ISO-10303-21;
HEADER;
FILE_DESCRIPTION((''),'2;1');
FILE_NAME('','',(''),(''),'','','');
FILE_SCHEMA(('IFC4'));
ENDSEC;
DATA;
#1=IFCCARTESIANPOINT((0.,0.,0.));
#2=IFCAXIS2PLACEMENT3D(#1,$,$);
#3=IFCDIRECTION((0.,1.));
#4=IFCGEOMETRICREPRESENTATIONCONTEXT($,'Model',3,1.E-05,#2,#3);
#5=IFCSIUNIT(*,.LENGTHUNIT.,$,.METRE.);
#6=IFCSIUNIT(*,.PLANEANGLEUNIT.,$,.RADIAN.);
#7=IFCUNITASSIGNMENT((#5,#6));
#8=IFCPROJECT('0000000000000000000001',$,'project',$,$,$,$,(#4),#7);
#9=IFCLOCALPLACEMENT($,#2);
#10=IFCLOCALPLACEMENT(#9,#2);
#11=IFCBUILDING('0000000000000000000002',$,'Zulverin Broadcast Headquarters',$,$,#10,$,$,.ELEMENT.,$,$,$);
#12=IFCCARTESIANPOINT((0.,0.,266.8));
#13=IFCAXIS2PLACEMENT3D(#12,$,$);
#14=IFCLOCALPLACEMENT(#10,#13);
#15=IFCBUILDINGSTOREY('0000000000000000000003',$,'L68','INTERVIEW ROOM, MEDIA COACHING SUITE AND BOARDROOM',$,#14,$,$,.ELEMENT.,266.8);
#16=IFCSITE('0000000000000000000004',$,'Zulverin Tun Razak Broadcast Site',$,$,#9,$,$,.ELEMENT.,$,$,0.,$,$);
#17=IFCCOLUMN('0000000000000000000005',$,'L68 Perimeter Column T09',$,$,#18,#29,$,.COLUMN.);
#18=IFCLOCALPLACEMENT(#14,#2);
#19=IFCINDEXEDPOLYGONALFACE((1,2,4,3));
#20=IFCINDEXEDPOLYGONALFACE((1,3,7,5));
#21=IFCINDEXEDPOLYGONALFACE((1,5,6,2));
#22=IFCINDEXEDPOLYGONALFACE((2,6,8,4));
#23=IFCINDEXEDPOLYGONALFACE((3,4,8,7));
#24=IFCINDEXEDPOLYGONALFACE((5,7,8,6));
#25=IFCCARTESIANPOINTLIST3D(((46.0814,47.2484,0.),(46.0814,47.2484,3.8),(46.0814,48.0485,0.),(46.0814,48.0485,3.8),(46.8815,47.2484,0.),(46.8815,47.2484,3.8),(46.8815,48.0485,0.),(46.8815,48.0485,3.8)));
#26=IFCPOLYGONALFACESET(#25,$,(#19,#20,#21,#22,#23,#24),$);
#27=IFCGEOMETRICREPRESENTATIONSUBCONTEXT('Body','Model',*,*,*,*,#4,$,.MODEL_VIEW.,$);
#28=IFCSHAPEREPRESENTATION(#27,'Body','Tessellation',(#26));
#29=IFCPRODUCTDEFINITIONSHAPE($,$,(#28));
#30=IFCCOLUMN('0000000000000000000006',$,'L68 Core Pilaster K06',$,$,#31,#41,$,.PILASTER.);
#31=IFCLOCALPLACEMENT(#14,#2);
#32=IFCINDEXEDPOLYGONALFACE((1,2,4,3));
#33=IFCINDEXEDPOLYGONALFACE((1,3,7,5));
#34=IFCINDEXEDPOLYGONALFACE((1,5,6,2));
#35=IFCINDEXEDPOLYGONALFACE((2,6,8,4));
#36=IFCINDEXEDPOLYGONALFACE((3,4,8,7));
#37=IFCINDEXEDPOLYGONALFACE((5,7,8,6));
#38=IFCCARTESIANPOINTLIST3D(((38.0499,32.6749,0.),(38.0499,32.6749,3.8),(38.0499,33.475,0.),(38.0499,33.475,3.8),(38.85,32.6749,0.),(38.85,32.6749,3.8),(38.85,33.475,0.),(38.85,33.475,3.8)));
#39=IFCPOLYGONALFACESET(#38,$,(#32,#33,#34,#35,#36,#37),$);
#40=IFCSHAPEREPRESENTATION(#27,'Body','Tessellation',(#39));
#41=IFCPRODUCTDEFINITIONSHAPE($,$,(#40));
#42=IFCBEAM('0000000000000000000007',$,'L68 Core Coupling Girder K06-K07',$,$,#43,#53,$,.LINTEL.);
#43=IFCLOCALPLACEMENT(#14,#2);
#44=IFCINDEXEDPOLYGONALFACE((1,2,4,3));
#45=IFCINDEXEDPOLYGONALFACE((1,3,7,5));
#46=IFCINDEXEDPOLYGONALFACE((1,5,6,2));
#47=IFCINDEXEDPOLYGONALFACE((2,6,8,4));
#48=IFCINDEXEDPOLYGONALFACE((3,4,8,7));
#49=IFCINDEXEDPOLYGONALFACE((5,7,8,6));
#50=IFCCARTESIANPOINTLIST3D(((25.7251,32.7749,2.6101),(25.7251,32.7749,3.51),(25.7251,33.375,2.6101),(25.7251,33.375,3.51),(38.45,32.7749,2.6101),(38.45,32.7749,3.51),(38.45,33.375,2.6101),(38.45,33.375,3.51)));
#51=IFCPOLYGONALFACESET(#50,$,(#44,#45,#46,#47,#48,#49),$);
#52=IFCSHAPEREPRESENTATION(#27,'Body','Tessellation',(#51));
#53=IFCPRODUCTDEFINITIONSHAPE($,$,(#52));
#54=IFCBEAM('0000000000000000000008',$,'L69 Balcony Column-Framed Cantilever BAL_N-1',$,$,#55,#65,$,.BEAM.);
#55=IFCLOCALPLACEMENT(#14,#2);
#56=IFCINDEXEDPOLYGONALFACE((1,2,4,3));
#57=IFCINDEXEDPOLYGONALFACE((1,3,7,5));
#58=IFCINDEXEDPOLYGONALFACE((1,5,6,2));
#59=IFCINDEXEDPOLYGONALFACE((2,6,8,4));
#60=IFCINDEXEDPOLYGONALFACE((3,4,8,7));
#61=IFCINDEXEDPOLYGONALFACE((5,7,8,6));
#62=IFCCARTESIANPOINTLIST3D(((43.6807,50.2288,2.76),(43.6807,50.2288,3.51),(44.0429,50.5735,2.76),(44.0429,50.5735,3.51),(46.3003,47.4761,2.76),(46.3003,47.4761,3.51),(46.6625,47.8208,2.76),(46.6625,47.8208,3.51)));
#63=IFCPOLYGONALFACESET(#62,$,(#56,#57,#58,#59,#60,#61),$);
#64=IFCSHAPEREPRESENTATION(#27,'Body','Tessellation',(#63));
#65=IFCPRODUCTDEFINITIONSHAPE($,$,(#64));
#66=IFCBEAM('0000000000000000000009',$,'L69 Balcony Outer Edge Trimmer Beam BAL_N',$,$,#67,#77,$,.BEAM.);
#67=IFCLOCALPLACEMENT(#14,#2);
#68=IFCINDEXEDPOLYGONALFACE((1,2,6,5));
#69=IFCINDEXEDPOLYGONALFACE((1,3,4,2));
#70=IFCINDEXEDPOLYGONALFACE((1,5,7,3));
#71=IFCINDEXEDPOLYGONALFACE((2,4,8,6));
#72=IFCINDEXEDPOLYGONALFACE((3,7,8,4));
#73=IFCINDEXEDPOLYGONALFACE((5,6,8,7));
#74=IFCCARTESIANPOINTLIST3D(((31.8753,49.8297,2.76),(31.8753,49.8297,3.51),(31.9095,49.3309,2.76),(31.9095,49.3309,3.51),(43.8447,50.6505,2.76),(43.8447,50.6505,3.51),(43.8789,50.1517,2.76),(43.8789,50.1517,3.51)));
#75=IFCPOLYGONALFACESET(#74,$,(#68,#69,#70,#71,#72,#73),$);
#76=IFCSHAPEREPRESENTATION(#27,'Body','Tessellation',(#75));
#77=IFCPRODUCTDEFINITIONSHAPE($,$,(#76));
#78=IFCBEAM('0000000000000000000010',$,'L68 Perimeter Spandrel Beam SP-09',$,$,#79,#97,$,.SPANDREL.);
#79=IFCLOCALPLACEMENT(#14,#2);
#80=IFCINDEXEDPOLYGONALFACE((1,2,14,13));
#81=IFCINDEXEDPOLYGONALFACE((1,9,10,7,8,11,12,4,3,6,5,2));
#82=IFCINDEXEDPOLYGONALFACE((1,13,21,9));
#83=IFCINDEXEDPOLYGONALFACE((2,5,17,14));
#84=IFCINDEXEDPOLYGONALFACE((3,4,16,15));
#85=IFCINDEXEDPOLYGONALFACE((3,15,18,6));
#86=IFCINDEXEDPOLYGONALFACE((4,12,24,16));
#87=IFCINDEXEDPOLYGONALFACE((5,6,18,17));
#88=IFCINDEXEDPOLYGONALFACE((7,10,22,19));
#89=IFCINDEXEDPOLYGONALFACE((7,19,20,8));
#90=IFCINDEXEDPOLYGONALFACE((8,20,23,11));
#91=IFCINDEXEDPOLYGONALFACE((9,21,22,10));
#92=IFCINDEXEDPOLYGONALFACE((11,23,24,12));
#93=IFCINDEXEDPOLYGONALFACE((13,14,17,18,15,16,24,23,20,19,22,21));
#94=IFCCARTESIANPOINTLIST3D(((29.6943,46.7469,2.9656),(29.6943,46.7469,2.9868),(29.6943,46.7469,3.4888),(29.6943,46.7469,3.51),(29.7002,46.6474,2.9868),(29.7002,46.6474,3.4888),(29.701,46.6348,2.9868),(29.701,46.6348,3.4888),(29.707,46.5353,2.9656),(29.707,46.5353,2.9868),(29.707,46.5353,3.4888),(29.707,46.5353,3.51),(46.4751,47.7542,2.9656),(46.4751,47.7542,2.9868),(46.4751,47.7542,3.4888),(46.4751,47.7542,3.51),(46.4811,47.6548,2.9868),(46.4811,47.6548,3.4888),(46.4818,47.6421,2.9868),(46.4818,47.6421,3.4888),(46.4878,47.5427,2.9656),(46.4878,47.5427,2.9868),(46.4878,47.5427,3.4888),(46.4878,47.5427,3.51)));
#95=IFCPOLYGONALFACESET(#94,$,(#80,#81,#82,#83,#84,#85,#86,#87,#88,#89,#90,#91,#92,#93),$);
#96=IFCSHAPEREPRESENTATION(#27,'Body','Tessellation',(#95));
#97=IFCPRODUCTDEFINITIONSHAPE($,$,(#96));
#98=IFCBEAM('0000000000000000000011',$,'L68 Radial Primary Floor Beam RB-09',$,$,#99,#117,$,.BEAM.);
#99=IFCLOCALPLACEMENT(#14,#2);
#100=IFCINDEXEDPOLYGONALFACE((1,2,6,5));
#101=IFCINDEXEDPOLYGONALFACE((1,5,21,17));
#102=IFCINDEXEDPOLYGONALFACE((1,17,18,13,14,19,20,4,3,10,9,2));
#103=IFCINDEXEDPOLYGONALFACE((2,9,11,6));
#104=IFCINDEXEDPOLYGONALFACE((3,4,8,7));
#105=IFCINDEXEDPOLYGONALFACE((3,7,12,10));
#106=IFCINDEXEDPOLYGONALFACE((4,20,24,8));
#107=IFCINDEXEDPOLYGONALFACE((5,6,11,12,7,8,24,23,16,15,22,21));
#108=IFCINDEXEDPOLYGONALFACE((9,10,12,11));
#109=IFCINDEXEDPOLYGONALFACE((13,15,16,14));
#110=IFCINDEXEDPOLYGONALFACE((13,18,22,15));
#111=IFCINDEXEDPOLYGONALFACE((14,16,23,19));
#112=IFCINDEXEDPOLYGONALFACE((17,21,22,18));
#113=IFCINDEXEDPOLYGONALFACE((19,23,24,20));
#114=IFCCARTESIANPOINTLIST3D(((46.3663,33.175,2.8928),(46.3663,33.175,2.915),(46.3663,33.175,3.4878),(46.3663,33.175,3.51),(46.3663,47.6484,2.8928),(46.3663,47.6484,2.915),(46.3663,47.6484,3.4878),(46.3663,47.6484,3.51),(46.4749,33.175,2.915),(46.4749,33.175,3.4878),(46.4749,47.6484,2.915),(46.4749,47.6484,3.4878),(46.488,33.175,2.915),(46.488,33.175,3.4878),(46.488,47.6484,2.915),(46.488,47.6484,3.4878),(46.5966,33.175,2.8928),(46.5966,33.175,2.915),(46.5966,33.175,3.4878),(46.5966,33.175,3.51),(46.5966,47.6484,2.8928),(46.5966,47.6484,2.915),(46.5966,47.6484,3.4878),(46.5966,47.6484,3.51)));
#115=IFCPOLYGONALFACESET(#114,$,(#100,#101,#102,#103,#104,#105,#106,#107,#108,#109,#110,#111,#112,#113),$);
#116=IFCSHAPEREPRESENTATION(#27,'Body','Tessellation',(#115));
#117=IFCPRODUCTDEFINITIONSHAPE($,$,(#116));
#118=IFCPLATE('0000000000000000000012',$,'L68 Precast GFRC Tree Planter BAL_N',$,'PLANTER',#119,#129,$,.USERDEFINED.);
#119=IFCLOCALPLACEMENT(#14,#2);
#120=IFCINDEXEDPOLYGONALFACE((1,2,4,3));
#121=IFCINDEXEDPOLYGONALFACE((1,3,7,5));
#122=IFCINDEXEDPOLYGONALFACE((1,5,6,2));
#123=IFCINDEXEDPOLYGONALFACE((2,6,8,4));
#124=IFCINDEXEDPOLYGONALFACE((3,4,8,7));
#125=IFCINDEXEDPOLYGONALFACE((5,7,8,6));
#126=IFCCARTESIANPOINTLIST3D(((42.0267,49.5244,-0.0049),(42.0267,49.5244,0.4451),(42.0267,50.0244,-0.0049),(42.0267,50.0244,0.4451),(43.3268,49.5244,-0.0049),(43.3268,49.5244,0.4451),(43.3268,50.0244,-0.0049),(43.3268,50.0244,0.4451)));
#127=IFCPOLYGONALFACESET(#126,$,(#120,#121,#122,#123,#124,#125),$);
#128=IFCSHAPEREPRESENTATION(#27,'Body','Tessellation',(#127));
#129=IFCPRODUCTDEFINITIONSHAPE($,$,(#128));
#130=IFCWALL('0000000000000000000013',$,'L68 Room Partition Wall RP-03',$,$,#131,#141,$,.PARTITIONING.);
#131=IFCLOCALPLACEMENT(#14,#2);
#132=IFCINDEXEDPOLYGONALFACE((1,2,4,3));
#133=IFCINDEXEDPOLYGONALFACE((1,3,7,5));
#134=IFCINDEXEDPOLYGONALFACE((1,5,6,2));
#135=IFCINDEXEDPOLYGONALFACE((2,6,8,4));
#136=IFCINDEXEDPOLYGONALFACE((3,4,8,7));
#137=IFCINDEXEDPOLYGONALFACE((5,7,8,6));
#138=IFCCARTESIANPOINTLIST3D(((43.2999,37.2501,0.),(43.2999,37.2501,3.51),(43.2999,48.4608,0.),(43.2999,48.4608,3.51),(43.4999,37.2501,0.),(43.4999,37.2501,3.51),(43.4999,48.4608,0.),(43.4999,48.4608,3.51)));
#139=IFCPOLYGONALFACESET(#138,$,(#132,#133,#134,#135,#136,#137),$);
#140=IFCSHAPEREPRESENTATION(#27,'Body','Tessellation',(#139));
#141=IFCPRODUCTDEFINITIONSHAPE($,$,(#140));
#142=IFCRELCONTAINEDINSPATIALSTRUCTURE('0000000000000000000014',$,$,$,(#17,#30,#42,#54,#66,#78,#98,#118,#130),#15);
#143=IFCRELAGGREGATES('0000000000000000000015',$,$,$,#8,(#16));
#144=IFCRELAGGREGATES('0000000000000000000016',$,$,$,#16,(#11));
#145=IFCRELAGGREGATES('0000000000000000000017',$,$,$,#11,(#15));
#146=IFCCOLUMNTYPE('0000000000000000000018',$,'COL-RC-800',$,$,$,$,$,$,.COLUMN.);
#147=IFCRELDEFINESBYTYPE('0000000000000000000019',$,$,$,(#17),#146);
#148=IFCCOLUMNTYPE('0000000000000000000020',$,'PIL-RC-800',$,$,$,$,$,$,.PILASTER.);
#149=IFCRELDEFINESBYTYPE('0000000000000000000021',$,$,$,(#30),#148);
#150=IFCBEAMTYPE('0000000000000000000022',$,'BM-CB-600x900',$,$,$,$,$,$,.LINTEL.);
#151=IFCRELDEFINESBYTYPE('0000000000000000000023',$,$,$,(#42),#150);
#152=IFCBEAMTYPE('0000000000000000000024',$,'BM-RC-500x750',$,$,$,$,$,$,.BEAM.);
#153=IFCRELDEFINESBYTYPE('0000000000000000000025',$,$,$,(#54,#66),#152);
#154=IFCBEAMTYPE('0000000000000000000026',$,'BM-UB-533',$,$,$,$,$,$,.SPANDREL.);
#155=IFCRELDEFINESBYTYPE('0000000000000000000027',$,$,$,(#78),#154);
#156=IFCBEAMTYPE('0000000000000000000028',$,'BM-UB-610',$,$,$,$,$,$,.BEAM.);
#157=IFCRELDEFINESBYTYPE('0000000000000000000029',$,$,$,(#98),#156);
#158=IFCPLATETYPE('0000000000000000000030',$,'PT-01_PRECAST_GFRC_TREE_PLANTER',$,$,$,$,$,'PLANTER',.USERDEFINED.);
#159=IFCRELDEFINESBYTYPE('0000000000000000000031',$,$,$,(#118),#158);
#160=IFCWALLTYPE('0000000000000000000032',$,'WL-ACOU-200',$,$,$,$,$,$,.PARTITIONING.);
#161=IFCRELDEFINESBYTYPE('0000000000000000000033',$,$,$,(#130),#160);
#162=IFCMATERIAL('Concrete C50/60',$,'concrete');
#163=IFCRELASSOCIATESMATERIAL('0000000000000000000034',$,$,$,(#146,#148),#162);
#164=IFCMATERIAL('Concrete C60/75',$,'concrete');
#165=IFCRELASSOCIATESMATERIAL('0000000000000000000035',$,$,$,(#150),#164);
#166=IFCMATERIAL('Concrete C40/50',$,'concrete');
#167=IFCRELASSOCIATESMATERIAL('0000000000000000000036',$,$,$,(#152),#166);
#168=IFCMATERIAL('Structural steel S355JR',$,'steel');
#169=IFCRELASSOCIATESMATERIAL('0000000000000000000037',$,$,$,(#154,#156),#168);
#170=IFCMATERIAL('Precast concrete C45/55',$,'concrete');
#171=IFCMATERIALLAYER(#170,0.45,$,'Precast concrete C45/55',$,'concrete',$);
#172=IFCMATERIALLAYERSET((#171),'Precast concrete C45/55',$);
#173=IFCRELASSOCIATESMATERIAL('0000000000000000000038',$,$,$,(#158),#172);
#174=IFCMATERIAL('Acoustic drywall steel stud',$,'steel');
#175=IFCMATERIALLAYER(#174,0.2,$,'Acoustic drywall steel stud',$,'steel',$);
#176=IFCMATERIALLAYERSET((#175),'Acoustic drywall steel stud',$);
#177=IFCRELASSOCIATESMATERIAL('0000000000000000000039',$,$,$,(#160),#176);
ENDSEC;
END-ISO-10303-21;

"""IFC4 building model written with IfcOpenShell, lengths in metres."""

from ifc_helpers import new_model, si_unit, direction, frame, frame_2d, origin, origin_2d, place, context, subcontext, project, spatial, rectangle, i_section, extrude, material, layer, layer_set, material_profile, profile_set, type_object, element, save


model = new_model("IFC4")

# Units and contexts
model_context = context("Model", 3, precision=1e-05, world=origin(), true_north=direction((0.0, 1.0)))
body_context = subcontext(model_context, "Body", "Model", "MODEL_VIEW")
ifc_project = project(units=[si_unit("LENGTHUNIT", "METRE"), si_unit("PLANEANGLEUNIT", "RADIAN")], contexts=[model_context])

# Site, building, storey
site_placement = place(None, origin())
site = spatial("IfcSite", under=ifc_project, at=site_placement, Name="Zulverin Tun Razak Broadcast Site", CompositionType="ELEMENT", RefElevation=0.0)
building_placement = place(site_placement, origin())
building = spatial("IfcBuilding", under=site, at=building_placement, Name="Zulverin Broadcast Headquarters", CompositionType="ELEMENT")
storey_placement = place(building_placement, frame((0.0, 0.0, 266.8)))
storey = spatial("IfcBuildingStorey", under=building, at=storey_placement, Name="L68", Description="INTERVIEW ROOM, MEDIA COACHING SUITE AND BOARDROOM", CompositionType="ELEMENT", Elevation=266.8)

# Columns
ifc_material_1 = material(Name="Concrete C50/60", Category="concrete")
ifc_material_profile_1 = material_profile(ifc_material_1, rectangle(XDim=0.8, YDim=0.8, at=origin_2d()), Name="Concrete C50/60", Category="concrete")
ifc_profile_set_1 = profile_set([ifc_material_profile_1], Name="Concrete C50/60")
column_type_1 = type_object("IfcColumnType", Name="COL-RC-800", PredefinedType="COLUMN", material=ifc_profile_set_1)
column_1_placement = place(storey_placement, frame((46.4814, 47.6484, 0.0), z_axis=(0.0, 0.0, 1.0), x_axis=(1.0, 0.0, 0.0)))
element("IfcColumn", 1, at=column_1_placement, inside=storey, type_object=column_type_1, Name="L68 Perimeter Column T09", PredefinedType="COLUMN", context=body_context, shape_type="SweptSolid", body=[
    extrude(rectangle(XDim=0.8, YDim=0.8, at=origin_2d()), origin(), (0.0, 0.0, 1.0), 3.8),
])
ifc_material_profile_2 = material_profile(ifc_material_1, rectangle(XDim=0.8, YDim=0.8, at=origin_2d()), Name="Concrete C50/60", Category="concrete")
ifc_profile_set_2 = profile_set([ifc_material_profile_2], Name="Concrete C50/60")
column_type_2 = type_object("IfcColumnType", Name="PIL-RC-800", PredefinedType="PILASTER", material=ifc_profile_set_2)
column_2_placement = place(storey_placement, frame((38.45, 33.075, 0.0), z_axis=(0.0, 0.0, 1.0), x_axis=(1.0, 0.0, 0.0)))
element("IfcColumn", 2, at=column_2_placement, inside=storey, type_object=column_type_2, Name="L68 Core Pilaster K06", PredefinedType="PILASTER", context=body_context, shape_type="SweptSolid", body=[
    extrude(rectangle(XDim=0.8, YDim=0.8, at=origin_2d()), origin(), (0.0, 0.0, 1.0), 3.8),
])

# Beams
ifc_material_2 = material(Name="Concrete C60/75", Category="concrete")
ifc_material_profile_3 = material_profile(ifc_material_2, rectangle(XDim=0.6001, YDim=0.8999, at=origin_2d()), Name="Concrete C60/75", Category="concrete")
ifc_profile_set_3 = profile_set([ifc_material_profile_3], Name="Concrete C60/75")
beam_type_1 = type_object("IfcBeamType", Name="BM-CB-600x900", PredefinedType="LINTEL", material=ifc_profile_set_3)
beam_1_placement = place(storey_placement, frame((38.45, 33.075, 3.0601), z_axis=(-1.0, 0.0, 0.0), x_axis=(0.0, -1.0, 0.0)))
element("IfcBeam", 3, at=beam_1_placement, inside=storey, type_object=beam_type_1, Name="L68 Core Coupling Girder K06-K07", PredefinedType="LINTEL", context=body_context, shape_type="SweptSolid", body=[
    extrude(rectangle(XDim=0.6001, YDim=0.8999, at=origin_2d()), origin(), (0.0, 0.0, 1.0), 12.7249),
])
ifc_material_3 = material(Name="Concrete C40/50", Category="concrete")
ifc_material_profile_4 = material_profile(ifc_material_3, rectangle(XDim=0.5, YDim=0.75, at=origin_2d()), Name="Concrete C40/50", Category="concrete")
ifc_profile_set_4 = profile_set([ifc_material_profile_4], Name="Concrete C40/50")
beam_type_2 = type_object("IfcBeamType", Name="BM-RC-500x750", PredefinedType="BEAM", material=ifc_profile_set_4)
beam_2_placement = place(storey_placement, frame((46.4814, 47.6484, 3.135), z_axis=(-0.689382, 0.724398, 0.0), x_axis=(-0.724398, -0.689382, 0.0)))
element("IfcBeam", 4, at=beam_2_placement, inside=storey, type_object=beam_type_2, Name="L69 Balcony Column-Framed Cantilever BAL_N-1", PredefinedType="BEAM", context=body_context, shape_type="SweptSolid", body=[
    extrude(rectangle(XDim=0.5, YDim=0.75, at=origin_2d()), origin(), (0.0, 0.0, 1.0), 3.8),
])
beam_3_placement = place(storey_placement, frame((43.8618, 50.4011, 3.135), z_axis=(-0.997657, -0.068414, 0.0), x_axis=(0.068414, -0.997657, 0.0)))
element("IfcBeam", 5, at=beam_3_placement, inside=storey, type_object=beam_type_2, Name="L69 Balcony Outer Edge Trimmer Beam BAL_N", PredefinedType="BEAM", context=body_context, shape_type="SweptSolid", body=[
    extrude(rectangle(XDim=0.5, YDim=0.75, at=origin_2d()), origin(), (0.0, 0.0, 1.0), 11.9976),
])
ifc_material_4 = material(Name="Structural steel S355JR", Category="steel")
ifc_material_profile_5 = material_profile(ifc_material_4, i_section(OverallWidth=0.2119, OverallDepth=0.5444, WebThickness=0.0127, FlangeThickness=0.0212, at=origin_2d()), Name="Structural steel S355JR", Category="steel")
ifc_profile_set_5 = profile_set([ifc_material_profile_5], Name="Structural steel S355JR")
beam_type_3 = type_object("IfcBeamType", Name="BM-UB-533", PredefinedType="SPANDREL", material=ifc_profile_set_5)
beam_4_placement = place(storey_placement, frame((46.4814, 47.6484, 3.2378), z_axis=(-0.998203, -0.059921, 0.0), x_axis=(0.059921, -0.998203, 0.0)))
element("IfcBeam", 6, at=beam_4_placement, inside=storey, type_object=beam_type_3, Name="L68 Perimeter Spandrel Beam SP-09", PredefinedType="SPANDREL", context=body_context, shape_type="SweptSolid", body=[
    extrude(i_section(OverallWidth=0.2119, OverallDepth=0.5444, WebThickness=0.0127, FlangeThickness=0.0212, at=origin_2d()), origin(), (0.0, 0.0, 1.0), 16.811),
])
ifc_material_profile_6 = material_profile(ifc_material_4, i_section(OverallWidth=0.2302, OverallDepth=0.6172, WebThickness=0.0132, FlangeThickness=0.0222, at=origin_2d()), Name="Structural steel S355JR", Category="steel")
ifc_profile_set_6 = profile_set([ifc_material_profile_6], Name="Structural steel S355JR")
beam_type_4 = type_object("IfcBeamType", Name="BM-UB-610", PredefinedType="BEAM", material=ifc_profile_set_6)
beam_5_placement = place(storey_placement, frame((46.4814, 33.175, 3.2014), z_axis=(0.0, 1.0, 0.0), x_axis=(-1.0, 0.0, 0.0)))
element("IfcBeam", 7, at=beam_5_placement, inside=storey, type_object=beam_type_4, Name="L68 Radial Primary Floor Beam RB-09", PredefinedType="BEAM", context=body_context, shape_type="SweptSolid", body=[
    extrude(i_section(OverallWidth=0.2302, OverallDepth=0.6172, WebThickness=0.0132, FlangeThickness=0.0222, at=origin_2d()), origin(), (0.0, 0.0, 1.0), 14.4734),
])

# Plate
ifc_material_5 = material(Name="Precast concrete C45/55", Category="concrete")
ifc_layer_1 = layer(ifc_material_5, 0.45, Name="Precast concrete C45/55", Category="concrete")
ifc_layer_set_1 = layer_set([ifc_layer_1], Name="Precast concrete C45/55")
plate_type = type_object("IfcPlateType", Name="PT-01_PRECAST_GFRC_TREE_PLANTER", ElementType="PLANTER", PredefinedType="USERDEFINED", material=ifc_layer_set_1)
plate_placement = place(storey_placement, frame((42.6768, 49.7744, -0.0049), z_axis=(0.0, 0.0, 1.0), x_axis=(1.0, 0.0, 0.0)))
element("IfcPlate", 8, at=plate_placement, inside=storey, type_object=plate_type, Name="L68 Precast GFRC Tree Planter BAL_N", ObjectType="PLANTER", PredefinedType="USERDEFINED", context=body_context, shape_type="SweptSolid", body=[
    extrude(rectangle(XDim=1.3, YDim=0.5, at=origin_2d()), origin(), (0.0, 0.0, 1.0), 0.45),
])

# Wall
ifc_material_6 = material(Name="Acoustic drywall steel stud", Category="steel")
ifc_layer_2 = layer(ifc_material_6, 0.2, Name="Acoustic drywall steel stud", Category="steel")
ifc_layer_set_2 = layer_set([ifc_layer_2], Name="Acoustic drywall steel stud")
wall_type_1 = type_object("IfcWallType", Name="WL-ACOU-200", PredefinedType="PARTITIONING", material=ifc_layer_set_2)
wall_1_placement = place(storey_placement, frame((43.3999, 37.25, 0.0), z_axis=(0.0, 0.0, 1.0), x_axis=(0.0, 1.0, 0.0)))
element("IfcWall", 9, at=wall_1_placement, inside=storey, type_object=wall_type_1, Name="L68 Room Partition Wall RP-03", PredefinedType="PARTITIONING", context=body_context, shape_type="SweptSolid", body=[
    extrude(rectangle(XDim=11.2107, YDim=0.2, at=frame_2d((5.6055, 0.0))), origin(), (0.0, 0.0, 1.0), 3.51),
])

save(model, "model.ifc")
